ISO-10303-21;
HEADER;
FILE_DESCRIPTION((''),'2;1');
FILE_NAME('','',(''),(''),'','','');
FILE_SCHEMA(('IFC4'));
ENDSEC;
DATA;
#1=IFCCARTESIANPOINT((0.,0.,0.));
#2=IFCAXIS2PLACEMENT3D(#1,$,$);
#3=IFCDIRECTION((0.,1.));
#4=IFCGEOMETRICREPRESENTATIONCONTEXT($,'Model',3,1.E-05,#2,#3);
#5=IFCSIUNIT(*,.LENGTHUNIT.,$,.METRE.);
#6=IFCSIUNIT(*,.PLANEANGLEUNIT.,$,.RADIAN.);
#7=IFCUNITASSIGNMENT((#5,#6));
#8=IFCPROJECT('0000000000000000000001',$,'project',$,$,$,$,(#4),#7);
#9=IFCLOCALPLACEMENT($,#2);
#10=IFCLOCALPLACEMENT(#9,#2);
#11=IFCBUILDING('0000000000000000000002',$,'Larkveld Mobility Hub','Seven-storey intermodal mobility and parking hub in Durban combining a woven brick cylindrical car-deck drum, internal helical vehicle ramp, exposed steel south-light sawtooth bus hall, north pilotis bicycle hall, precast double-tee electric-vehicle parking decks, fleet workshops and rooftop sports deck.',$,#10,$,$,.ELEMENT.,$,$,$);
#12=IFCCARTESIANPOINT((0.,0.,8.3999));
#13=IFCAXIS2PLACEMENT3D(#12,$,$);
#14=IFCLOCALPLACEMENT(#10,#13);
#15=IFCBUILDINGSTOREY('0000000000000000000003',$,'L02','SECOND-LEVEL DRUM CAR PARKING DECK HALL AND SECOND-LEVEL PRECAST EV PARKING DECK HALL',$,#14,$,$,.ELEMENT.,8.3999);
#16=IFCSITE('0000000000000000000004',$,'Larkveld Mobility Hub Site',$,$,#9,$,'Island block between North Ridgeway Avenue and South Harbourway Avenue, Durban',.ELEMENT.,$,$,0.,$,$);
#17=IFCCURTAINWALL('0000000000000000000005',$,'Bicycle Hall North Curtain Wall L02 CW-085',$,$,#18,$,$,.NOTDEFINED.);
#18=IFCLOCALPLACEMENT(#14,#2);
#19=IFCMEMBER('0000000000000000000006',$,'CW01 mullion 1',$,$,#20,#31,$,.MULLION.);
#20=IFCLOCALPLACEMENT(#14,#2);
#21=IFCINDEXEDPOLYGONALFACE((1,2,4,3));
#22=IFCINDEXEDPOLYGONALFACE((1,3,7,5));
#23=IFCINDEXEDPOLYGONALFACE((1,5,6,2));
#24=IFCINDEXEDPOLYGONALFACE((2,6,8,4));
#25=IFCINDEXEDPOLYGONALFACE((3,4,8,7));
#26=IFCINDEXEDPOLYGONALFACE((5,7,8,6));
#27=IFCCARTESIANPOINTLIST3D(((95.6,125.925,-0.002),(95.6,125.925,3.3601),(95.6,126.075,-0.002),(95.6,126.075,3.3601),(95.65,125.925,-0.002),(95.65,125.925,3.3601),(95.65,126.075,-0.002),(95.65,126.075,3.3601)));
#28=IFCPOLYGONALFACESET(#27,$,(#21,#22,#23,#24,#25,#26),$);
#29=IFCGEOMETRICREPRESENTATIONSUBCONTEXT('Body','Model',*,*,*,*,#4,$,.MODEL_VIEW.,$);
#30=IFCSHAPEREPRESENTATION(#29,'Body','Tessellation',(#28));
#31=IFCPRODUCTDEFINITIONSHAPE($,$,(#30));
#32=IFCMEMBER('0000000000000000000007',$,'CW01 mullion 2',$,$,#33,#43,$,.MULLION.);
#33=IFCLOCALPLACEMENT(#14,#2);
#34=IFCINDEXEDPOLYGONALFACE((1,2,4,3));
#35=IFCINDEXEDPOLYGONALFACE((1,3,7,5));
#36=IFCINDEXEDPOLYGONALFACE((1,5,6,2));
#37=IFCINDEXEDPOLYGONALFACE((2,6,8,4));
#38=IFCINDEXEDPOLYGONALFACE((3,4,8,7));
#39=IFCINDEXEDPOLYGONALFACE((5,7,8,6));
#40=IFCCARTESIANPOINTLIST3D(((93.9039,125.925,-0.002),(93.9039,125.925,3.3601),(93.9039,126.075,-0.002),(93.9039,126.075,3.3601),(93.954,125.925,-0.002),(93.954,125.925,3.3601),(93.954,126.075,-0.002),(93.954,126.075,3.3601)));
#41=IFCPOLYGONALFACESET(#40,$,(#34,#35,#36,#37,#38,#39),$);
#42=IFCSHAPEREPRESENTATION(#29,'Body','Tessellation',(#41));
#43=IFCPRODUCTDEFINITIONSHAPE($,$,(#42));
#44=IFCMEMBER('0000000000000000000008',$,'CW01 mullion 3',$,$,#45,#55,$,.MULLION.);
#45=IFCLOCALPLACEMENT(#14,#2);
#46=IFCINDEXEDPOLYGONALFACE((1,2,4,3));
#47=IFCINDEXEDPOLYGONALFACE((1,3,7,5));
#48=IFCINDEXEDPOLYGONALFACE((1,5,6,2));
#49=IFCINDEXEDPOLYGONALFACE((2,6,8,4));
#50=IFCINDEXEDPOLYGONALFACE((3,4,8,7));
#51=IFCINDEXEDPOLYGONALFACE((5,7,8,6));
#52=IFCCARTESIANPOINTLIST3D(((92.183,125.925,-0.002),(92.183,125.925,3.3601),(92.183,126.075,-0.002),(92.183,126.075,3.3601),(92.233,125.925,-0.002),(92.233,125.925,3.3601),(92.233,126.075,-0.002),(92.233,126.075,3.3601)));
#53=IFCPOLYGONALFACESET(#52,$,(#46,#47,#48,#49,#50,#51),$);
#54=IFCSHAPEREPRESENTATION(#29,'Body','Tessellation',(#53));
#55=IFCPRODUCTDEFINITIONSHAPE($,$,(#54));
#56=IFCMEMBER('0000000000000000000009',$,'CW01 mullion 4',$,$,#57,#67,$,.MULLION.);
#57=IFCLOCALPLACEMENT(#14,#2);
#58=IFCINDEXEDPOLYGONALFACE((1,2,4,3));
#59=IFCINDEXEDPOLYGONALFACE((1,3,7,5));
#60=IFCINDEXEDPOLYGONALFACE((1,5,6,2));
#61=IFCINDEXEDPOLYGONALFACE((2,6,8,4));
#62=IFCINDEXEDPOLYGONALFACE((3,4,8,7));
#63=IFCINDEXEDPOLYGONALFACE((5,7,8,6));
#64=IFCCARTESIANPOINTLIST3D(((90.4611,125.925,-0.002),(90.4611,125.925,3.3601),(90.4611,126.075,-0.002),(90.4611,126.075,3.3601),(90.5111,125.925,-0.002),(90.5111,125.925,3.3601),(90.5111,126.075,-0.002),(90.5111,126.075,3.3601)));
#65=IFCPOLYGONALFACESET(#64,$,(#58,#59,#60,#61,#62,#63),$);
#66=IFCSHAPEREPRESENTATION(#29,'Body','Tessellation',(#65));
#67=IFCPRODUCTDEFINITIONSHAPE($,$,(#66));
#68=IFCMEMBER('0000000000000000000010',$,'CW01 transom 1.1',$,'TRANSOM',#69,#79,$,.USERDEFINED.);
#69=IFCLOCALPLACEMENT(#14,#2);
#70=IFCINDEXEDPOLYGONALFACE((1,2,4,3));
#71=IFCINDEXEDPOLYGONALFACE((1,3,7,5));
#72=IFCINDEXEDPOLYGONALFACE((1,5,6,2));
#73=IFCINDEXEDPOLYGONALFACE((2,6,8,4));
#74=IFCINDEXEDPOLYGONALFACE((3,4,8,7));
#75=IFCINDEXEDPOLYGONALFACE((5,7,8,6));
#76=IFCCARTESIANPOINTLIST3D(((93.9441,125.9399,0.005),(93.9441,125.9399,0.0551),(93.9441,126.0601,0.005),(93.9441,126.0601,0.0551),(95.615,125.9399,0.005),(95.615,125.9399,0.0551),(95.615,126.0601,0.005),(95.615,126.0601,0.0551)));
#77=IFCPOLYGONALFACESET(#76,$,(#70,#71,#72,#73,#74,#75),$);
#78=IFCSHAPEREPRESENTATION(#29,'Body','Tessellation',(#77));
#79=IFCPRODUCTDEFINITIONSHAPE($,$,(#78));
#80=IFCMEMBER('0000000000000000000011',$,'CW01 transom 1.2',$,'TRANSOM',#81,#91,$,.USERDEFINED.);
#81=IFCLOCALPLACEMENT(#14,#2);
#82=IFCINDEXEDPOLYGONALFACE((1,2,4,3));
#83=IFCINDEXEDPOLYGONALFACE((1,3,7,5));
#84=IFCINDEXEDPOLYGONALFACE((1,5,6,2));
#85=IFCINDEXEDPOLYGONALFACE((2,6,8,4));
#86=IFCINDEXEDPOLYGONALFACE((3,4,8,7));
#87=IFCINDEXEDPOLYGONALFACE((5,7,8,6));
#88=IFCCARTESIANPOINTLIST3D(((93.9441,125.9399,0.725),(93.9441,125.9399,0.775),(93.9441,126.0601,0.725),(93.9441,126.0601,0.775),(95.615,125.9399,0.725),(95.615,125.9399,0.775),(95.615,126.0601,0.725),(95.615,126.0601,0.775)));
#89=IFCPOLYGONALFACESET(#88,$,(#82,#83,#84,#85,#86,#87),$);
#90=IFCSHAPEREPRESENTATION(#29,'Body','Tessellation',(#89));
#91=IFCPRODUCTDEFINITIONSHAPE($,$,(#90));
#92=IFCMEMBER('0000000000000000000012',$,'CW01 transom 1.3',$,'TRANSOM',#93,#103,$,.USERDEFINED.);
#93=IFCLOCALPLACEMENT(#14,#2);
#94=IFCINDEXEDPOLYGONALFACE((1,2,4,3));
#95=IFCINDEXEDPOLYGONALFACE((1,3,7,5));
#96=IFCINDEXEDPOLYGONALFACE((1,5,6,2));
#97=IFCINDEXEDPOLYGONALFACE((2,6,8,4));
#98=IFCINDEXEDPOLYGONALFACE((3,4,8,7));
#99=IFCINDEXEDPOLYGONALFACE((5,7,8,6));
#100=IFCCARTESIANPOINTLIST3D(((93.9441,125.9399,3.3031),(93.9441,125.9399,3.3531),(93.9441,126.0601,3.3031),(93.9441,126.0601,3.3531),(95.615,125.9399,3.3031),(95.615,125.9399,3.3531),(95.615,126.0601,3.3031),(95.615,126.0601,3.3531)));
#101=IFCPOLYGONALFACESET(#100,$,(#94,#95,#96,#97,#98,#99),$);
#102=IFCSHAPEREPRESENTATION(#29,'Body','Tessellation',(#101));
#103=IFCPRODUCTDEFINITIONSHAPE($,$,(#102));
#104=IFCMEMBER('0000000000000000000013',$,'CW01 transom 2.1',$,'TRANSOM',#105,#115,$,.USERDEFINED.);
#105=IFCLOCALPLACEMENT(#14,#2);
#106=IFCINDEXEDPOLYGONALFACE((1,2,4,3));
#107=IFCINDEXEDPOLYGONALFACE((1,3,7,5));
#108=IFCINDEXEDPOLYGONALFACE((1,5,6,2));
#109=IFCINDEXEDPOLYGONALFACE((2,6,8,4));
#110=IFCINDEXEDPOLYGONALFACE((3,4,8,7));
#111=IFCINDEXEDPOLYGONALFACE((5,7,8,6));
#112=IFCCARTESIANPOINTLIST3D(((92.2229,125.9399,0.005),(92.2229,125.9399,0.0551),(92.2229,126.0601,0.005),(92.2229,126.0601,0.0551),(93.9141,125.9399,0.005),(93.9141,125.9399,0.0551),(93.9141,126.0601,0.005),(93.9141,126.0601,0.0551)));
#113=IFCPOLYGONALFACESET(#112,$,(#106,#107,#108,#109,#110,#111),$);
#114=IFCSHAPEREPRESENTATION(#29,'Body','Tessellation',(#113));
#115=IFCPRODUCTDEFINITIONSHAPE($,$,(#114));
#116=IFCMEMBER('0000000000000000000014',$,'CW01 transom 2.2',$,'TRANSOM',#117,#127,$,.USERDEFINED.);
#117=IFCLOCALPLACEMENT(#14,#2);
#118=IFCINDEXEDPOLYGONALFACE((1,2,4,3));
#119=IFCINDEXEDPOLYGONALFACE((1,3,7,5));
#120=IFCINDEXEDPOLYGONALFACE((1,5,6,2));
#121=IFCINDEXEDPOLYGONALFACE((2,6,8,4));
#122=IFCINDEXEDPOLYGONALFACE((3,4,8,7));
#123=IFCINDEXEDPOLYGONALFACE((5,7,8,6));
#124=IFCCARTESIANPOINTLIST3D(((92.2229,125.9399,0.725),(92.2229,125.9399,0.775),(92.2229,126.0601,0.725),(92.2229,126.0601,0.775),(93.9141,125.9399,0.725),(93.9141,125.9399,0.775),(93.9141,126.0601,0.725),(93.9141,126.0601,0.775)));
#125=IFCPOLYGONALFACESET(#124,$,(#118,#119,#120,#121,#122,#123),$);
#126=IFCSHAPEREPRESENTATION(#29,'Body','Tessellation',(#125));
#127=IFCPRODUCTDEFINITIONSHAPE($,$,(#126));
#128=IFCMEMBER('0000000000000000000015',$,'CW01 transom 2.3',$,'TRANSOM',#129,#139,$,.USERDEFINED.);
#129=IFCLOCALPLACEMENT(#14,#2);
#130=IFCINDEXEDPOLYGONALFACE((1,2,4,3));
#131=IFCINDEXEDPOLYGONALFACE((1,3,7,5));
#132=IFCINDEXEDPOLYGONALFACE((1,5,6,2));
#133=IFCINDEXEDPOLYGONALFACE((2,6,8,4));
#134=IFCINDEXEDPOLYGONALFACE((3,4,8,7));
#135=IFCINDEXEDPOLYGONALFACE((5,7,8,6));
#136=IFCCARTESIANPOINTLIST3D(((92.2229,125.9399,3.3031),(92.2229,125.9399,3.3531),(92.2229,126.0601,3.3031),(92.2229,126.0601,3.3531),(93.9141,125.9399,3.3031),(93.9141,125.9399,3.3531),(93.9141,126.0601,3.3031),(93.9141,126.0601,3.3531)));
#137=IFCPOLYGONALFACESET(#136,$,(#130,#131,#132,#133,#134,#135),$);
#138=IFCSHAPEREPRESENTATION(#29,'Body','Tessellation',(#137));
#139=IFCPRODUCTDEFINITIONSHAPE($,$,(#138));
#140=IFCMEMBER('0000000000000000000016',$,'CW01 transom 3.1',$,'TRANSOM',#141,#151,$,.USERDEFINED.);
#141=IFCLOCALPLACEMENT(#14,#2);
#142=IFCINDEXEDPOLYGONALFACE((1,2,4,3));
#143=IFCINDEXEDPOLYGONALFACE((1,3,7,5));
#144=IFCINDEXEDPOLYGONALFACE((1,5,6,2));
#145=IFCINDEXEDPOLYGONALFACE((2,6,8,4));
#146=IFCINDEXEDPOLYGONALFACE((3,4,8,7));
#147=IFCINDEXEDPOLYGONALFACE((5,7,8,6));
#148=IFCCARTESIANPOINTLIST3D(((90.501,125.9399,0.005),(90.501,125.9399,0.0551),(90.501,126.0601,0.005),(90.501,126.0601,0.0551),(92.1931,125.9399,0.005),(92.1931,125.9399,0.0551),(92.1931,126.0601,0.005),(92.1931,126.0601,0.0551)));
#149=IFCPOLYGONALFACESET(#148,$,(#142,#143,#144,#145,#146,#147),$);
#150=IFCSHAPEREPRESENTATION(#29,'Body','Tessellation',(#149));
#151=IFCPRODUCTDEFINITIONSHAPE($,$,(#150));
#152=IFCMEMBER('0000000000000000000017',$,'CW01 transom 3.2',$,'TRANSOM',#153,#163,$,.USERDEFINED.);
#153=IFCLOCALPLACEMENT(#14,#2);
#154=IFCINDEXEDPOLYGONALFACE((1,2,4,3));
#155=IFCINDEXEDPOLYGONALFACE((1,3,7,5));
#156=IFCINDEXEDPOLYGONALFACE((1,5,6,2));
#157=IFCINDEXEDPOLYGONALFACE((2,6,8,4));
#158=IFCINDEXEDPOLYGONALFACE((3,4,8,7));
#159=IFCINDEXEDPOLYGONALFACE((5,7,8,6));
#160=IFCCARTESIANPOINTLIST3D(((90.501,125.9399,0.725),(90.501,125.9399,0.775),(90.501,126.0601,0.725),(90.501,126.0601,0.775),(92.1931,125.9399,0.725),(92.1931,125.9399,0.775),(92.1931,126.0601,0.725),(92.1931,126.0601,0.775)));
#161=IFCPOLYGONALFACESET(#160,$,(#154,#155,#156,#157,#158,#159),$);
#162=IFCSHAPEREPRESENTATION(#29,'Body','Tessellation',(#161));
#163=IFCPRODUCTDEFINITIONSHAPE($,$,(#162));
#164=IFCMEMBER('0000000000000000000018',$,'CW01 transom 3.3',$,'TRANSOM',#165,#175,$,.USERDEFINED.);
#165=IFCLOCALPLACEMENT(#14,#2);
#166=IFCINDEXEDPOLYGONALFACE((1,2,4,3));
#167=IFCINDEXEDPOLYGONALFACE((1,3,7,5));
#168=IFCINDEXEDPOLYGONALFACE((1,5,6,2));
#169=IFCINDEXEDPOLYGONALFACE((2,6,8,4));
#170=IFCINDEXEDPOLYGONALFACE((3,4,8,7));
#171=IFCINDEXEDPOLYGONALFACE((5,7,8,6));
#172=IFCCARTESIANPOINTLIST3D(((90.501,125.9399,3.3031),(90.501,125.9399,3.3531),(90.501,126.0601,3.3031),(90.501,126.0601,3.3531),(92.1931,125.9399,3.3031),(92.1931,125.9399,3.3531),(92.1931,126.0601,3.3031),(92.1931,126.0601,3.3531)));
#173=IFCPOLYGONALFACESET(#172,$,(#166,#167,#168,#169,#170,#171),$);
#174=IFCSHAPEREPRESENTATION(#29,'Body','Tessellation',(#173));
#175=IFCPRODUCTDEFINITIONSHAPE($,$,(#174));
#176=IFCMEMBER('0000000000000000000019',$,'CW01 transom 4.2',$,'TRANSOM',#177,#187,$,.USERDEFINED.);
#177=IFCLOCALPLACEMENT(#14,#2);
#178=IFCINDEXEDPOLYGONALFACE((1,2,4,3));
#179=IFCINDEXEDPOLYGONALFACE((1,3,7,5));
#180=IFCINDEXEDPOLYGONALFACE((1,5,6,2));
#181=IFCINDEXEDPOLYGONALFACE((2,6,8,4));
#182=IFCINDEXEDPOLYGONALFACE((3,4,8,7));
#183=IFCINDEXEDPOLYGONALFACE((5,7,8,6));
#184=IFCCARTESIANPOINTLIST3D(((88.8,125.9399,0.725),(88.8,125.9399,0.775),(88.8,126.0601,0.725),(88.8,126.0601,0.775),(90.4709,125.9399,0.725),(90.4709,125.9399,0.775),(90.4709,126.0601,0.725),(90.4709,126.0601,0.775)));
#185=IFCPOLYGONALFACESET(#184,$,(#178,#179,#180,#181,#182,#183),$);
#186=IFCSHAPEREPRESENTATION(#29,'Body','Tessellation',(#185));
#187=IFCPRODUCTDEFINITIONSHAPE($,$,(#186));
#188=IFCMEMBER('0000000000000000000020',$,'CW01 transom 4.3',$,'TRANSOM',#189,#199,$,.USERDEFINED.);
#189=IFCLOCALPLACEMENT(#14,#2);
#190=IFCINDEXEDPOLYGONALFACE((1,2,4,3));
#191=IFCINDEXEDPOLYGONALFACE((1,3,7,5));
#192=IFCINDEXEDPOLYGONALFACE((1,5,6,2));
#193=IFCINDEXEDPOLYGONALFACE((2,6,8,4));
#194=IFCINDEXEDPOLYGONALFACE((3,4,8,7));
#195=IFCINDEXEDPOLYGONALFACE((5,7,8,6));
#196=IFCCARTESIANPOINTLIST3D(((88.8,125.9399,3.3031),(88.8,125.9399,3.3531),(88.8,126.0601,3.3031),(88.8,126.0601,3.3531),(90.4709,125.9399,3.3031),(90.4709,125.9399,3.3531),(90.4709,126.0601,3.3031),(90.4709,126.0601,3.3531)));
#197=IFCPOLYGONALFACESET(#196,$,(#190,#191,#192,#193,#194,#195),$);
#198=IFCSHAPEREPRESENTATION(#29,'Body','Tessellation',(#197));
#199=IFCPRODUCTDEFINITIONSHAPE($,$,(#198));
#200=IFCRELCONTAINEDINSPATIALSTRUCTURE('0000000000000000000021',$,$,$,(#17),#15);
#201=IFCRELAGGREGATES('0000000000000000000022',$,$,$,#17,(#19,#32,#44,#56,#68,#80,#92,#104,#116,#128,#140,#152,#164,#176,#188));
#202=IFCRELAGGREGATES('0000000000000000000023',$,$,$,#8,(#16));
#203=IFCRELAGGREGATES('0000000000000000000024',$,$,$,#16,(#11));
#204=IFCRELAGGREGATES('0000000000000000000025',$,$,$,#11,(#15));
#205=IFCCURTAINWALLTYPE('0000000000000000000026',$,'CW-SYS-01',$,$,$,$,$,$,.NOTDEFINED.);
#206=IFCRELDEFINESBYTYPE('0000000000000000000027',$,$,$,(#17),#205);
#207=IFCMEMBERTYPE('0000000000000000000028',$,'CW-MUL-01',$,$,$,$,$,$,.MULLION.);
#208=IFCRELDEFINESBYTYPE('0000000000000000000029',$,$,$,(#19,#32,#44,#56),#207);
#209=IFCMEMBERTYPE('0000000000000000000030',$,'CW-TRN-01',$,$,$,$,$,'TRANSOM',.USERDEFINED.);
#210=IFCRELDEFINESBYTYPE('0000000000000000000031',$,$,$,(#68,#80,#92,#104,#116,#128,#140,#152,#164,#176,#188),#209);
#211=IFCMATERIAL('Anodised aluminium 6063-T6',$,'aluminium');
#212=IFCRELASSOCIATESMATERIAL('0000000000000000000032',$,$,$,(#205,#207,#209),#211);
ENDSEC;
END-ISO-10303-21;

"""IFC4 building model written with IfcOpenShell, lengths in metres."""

from ifc_helpers import new_model, si_unit, direction, frame, origin, origin_2d, place, context, subcontext, project, spatial, rectangle, extrude, material, material_profile, profile_set, type_object, element, aggregate, save


model = new_model("IFC4")

# Units and contexts
model_context = context("Model", 3, precision=1e-05, world=origin(), true_north=direction((0.0, 1.0)))
body_context = subcontext(model_context, "Body", "Model", "MODEL_VIEW")
ifc_project = project(units=[si_unit("LENGTHUNIT", "METRE"), si_unit("PLANEANGLEUNIT", "RADIAN")], contexts=[model_context])

# Site, building, storey
site_placement = place(None, origin())
site = spatial("IfcSite", under=ifc_project, at=site_placement, Name="Larkveld Mobility Hub Site", LongName="Island block between North Ridgeway Avenue and South Harbourway Avenue, Durban", CompositionType="ELEMENT", RefElevation=0.0)
building_placement = place(site_placement, origin())
building = spatial("IfcBuilding", under=site, at=building_placement, Name="Larkveld Mobility Hub", Description="Seven-storey intermodal mobility and parking hub in Durban combining a woven brick cylindrical car-deck drum, internal helical vehicle ramp, exposed steel south-light sawtooth bus hall, north pilotis bicycle hall, precast double-tee electric-vehicle parking decks, fleet workshops and rooftop sports deck.", CompositionType="ELEMENT")
storey_placement = place(building_placement, frame((0.0, 0.0, 8.3999)))
storey = spatial("IfcBuildingStorey", under=building, at=storey_placement, Name="L02", Description="SECOND-LEVEL DRUM CAR PARKING DECK HALL AND SECOND-LEVEL PRECAST EV PARKING DECK HALL", CompositionType="ELEMENT", Elevation=8.3999)

# Curtain wall, members
ifc_material_1 = material(Name="Anodised aluminium 6063-T6", Category="aluminium")
curtain_wall_type = type_object("IfcCurtainWallType", Name="CW-SYS-01", PredefinedType="NOTDEFINED", material=ifc_material_1)
curtain_wall_placement = place(storey_placement, origin())
curtain_wall = element("IfcCurtainWall", 1, at=curtain_wall_placement, inside=storey, type_object=curtain_wall_type, Name="Bicycle Hall North Curtain Wall L02 CW-085", PredefinedType="NOTDEFINED")
ifc_material_profile_1 = material_profile(ifc_material_1, rectangle(XDim=0.05, YDim=0.1499, at=origin_2d()), Name="ALU MULL 50x150")
ifc_profile_set_1 = profile_set([ifc_material_profile_1], Name="Anodised aluminium 6063-T6")
member_type_1 = type_object("IfcMemberType", Name="CW-MUL-01", PredefinedType="MULLION", material=ifc_profile_set_1)
member_1_placement = place(storey_placement, frame((95.625, 126.0, -0.002), z_axis=(0.0, 0.0, 1.0), x_axis=(-1.0, 0.0, 0.0)))
member_1 = element("IfcMember", 2, at=member_1_placement, type_object=member_type_1, Name="CW01 mullion 1", PredefinedType="MULLION", context=body_context, shape_type="SweptSolid", body=[
    extrude(rectangle(XDim=0.05, YDim=0.1499, at=origin_2d()), origin(), (0.0, 0.0, 1.0), 3.3621),
])
member_2_placement = place(storey_placement, frame((93.929, 126.0, -0.002), z_axis=(0.0, 0.0, 1.0), x_axis=(-1.0, 0.0, 0.0)))
member_2 = element("IfcMember", 3, at=member_2_placement, type_object=member_type_1, Name="CW01 mullion 2", PredefinedType="MULLION", context=body_context, shape_type="SweptSolid", body=[
    extrude(rectangle(XDim=0.05, YDim=0.1499, at=origin_2d()), origin(), (0.0, 0.0, 1.0), 3.3621),
])
member_3_placement = place(storey_placement, frame((92.208, 126.0, -0.002), z_axis=(0.0, 0.0, 1.0), x_axis=(-1.0, 0.0, 0.0)))
member_3 = element("IfcMember", 4, at=member_3_placement, type_object=member_type_1, Name="CW01 mullion 3", PredefinedType="MULLION", context=body_context, shape_type="SweptSolid", body=[
    extrude(rectangle(XDim=0.05, YDim=0.1499, at=origin_2d()), origin(), (0.0, 0.0, 1.0), 3.3621),
])
member_4_placement = place(storey_placement, frame((90.4861, 126.0, -0.002), z_axis=(0.0, 0.0, 1.0), x_axis=(-1.0, 0.0, 0.0)))
member_4 = element("IfcMember", 5, at=member_4_placement, type_object=member_type_1, Name="CW01 mullion 4", PredefinedType="MULLION", context=body_context, shape_type="SweptSolid", body=[
    extrude(rectangle(XDim=0.05, YDim=0.1499, at=origin_2d()), origin(), (0.0, 0.0, 1.0), 3.3621),
])
ifc_material_profile_2 = material_profile(ifc_material_1, rectangle(XDim=0.1201, YDim=0.05, at=origin_2d()), Name="ALU TRAN 50x120")
ifc_profile_set_2 = profile_set([ifc_material_profile_2], Name="Anodised aluminium 6063-T6")
member_type_2 = type_object("IfcMemberType", Name="CW-TRN-01", ElementType="TRANSOM", PredefinedType="USERDEFINED", material=ifc_profile_set_2)
member_5_placement = place(storey_placement, frame((95.615, 126.0, 0.03), z_axis=(-1.0, 0.0, 0.0), x_axis=(0.0, -1.0, 0.0)))
member_5 = element("IfcMember", 6, at=member_5_placement, type_object=member_type_2, Name="CW01 transom 1.1", ObjectType="TRANSOM", PredefinedType="USERDEFINED", context=body_context, shape_type="SweptSolid", body=[
    extrude(rectangle(XDim=0.1201, YDim=0.05, at=origin_2d()), origin(), (0.0, 0.0, 1.0), 1.6709),
])
member_6_placement = place(storey_placement, frame((95.615, 126.0, 0.75), z_axis=(-1.0, 0.0, 0.0), x_axis=(0.0, -1.0, 0.0)))
member_6 = element("IfcMember", 7, at=member_6_placement, type_object=member_type_2, Name="CW01 transom 1.2", ObjectType="TRANSOM", PredefinedType="USERDEFINED", context=body_context, shape_type="SweptSolid", body=[
    extrude(rectangle(XDim=0.1201, YDim=0.05, at=origin_2d()), origin(), (0.0, 0.0, 1.0), 1.6709),
])
member_7_placement = place(storey_placement, frame((95.615, 126.0, 3.3281), z_axis=(-1.0, 0.0, 0.0), x_axis=(0.0, -1.0, 0.0)))
member_7 = element("IfcMember", 8, at=member_7_placement, type_object=member_type_2, Name="CW01 transom 1.3", ObjectType="TRANSOM", PredefinedType="USERDEFINED", context=body_context, shape_type="SweptSolid", body=[
    extrude(rectangle(XDim=0.1201, YDim=0.05, at=origin_2d()), origin(), (0.0, 0.0, 1.0), 1.6709),
])
member_8_placement = place(storey_placement, frame((93.9141, 126.0, 0.03), z_axis=(-1.0, 0.0, 0.0), x_axis=(0.0, -1.0, 0.0)))
member_8 = element("IfcMember", 9, at=member_8_placement, type_object=member_type_2, Name="CW01 transom 2.1", ObjectType="TRANSOM", PredefinedType="USERDEFINED", context=body_context, shape_type="SweptSolid", body=[
    extrude(rectangle(XDim=0.1201, YDim=0.05, at=origin_2d()), origin(), (0.0, 0.0, 1.0), 1.6912),
])
member_9_placement = place(storey_placement, frame((93.9141, 126.0, 0.75), z_axis=(-1.0, 0.0, 0.0), x_axis=(0.0, -1.0, 0.0)))
member_9 = element("IfcMember", 10, at=member_9_placement, type_object=member_type_2, Name="CW01 transom 2.2", ObjectType="TRANSOM", PredefinedType="USERDEFINED", context=body_context, shape_type="SweptSolid", body=[
    extrude(rectangle(XDim=0.1201, YDim=0.05, at=origin_2d()), origin(), (0.0, 0.0, 1.0), 1.6912),
])
member_10_placement = place(storey_placement, frame((93.9141, 126.0, 3.3281), z_axis=(-1.0, 0.0, 0.0), x_axis=(0.0, -1.0, 0.0)))
member_10 = element("IfcMember", 11, at=member_10_placement, type_object=member_type_2, Name="CW01 transom 2.3", ObjectType="TRANSOM", PredefinedType="USERDEFINED", context=body_context, shape_type="SweptSolid", body=[
    extrude(rectangle(XDim=0.1201, YDim=0.05, at=origin_2d()), origin(), (0.0, 0.0, 1.0), 1.6912),
])
member_11_placement = place(storey_placement, frame((92.1931, 126.0, 0.03), z_axis=(-1.0, 0.0, 0.0), x_axis=(0.0, -1.0, 0.0)))
member_11 = element("IfcMember", 12, at=member_11_placement, type_object=member_type_2, Name="CW01 transom 3.1", ObjectType="TRANSOM", PredefinedType="USERDEFINED", context=body_context, shape_type="SweptSolid", body=[
    extrude(rectangle(XDim=0.1201, YDim=0.05, at=origin_2d()), origin(), (0.0, 0.0, 1.0), 1.6921),
])
member_12_placement = place(storey_placement, frame((92.1931, 126.0, 0.75), z_axis=(-1.0, 0.0, 0.0), x_axis=(0.0, -1.0, 0.0)))
member_12 = element("IfcMember", 13, at=member_12_placement, type_object=member_type_2, Name="CW01 transom 3.2", ObjectType="TRANSOM", PredefinedType="USERDEFINED", context=body_context, shape_type="SweptSolid", body=[
    extrude(rectangle(XDim=0.1201, YDim=0.05, at=origin_2d()), origin(), (0.0, 0.0, 1.0), 1.6921),
])
member_13_placement = place(storey_placement, frame((92.1931, 126.0, 3.3281), z_axis=(-1.0, 0.0, 0.0), x_axis=(0.0, -1.0, 0.0)))
member_13 = element("IfcMember", 14, at=member_13_placement, type_object=member_type_2, Name="CW01 transom 3.3", ObjectType="TRANSOM", PredefinedType="USERDEFINED", context=body_context, shape_type="SweptSolid", body=[
    extrude(rectangle(XDim=0.1201, YDim=0.05, at=origin_2d()), origin(), (0.0, 0.0, 1.0), 1.6921),
])
member_14_placement = place(storey_placement, frame((90.4709, 126.0, 0.75), z_axis=(-1.0, 0.0, 0.0), x_axis=(0.0, -1.0, 0.0)))
member_14 = element("IfcMember", 15, at=member_14_placement, type_object=member_type_2, Name="CW01 transom 4.2", ObjectType="TRANSOM", PredefinedType="USERDEFINED", context=body_context, shape_type="SweptSolid", body=[
    extrude(rectangle(XDim=0.1201, YDim=0.05, at=origin_2d()), origin(), (0.0, 0.0, 1.0), 1.6709),
])
member_15_placement = place(storey_placement, frame((90.4709, 126.0, 3.3281), z_axis=(-1.0, 0.0, 0.0), x_axis=(0.0, -1.0, 0.0)))
member_15 = element("IfcMember", 16, at=member_15_placement, type_object=member_type_2, Name="CW01 transom 4.3", ObjectType="TRANSOM", PredefinedType="USERDEFINED", context=body_context, shape_type="SweptSolid", body=[
    extrude(rectangle(XDim=0.1201, YDim=0.05, at=origin_2d()), origin(), (0.0, 0.0, 1.0), 1.6709),
])
aggregate(curtain_wall, [member_1, member_2, member_3, member_4, member_5, member_6, member_7, member_8, member_9, member_10, member_11, member_12, member_13, member_14, member_15])

save(model, "model.ifc")
